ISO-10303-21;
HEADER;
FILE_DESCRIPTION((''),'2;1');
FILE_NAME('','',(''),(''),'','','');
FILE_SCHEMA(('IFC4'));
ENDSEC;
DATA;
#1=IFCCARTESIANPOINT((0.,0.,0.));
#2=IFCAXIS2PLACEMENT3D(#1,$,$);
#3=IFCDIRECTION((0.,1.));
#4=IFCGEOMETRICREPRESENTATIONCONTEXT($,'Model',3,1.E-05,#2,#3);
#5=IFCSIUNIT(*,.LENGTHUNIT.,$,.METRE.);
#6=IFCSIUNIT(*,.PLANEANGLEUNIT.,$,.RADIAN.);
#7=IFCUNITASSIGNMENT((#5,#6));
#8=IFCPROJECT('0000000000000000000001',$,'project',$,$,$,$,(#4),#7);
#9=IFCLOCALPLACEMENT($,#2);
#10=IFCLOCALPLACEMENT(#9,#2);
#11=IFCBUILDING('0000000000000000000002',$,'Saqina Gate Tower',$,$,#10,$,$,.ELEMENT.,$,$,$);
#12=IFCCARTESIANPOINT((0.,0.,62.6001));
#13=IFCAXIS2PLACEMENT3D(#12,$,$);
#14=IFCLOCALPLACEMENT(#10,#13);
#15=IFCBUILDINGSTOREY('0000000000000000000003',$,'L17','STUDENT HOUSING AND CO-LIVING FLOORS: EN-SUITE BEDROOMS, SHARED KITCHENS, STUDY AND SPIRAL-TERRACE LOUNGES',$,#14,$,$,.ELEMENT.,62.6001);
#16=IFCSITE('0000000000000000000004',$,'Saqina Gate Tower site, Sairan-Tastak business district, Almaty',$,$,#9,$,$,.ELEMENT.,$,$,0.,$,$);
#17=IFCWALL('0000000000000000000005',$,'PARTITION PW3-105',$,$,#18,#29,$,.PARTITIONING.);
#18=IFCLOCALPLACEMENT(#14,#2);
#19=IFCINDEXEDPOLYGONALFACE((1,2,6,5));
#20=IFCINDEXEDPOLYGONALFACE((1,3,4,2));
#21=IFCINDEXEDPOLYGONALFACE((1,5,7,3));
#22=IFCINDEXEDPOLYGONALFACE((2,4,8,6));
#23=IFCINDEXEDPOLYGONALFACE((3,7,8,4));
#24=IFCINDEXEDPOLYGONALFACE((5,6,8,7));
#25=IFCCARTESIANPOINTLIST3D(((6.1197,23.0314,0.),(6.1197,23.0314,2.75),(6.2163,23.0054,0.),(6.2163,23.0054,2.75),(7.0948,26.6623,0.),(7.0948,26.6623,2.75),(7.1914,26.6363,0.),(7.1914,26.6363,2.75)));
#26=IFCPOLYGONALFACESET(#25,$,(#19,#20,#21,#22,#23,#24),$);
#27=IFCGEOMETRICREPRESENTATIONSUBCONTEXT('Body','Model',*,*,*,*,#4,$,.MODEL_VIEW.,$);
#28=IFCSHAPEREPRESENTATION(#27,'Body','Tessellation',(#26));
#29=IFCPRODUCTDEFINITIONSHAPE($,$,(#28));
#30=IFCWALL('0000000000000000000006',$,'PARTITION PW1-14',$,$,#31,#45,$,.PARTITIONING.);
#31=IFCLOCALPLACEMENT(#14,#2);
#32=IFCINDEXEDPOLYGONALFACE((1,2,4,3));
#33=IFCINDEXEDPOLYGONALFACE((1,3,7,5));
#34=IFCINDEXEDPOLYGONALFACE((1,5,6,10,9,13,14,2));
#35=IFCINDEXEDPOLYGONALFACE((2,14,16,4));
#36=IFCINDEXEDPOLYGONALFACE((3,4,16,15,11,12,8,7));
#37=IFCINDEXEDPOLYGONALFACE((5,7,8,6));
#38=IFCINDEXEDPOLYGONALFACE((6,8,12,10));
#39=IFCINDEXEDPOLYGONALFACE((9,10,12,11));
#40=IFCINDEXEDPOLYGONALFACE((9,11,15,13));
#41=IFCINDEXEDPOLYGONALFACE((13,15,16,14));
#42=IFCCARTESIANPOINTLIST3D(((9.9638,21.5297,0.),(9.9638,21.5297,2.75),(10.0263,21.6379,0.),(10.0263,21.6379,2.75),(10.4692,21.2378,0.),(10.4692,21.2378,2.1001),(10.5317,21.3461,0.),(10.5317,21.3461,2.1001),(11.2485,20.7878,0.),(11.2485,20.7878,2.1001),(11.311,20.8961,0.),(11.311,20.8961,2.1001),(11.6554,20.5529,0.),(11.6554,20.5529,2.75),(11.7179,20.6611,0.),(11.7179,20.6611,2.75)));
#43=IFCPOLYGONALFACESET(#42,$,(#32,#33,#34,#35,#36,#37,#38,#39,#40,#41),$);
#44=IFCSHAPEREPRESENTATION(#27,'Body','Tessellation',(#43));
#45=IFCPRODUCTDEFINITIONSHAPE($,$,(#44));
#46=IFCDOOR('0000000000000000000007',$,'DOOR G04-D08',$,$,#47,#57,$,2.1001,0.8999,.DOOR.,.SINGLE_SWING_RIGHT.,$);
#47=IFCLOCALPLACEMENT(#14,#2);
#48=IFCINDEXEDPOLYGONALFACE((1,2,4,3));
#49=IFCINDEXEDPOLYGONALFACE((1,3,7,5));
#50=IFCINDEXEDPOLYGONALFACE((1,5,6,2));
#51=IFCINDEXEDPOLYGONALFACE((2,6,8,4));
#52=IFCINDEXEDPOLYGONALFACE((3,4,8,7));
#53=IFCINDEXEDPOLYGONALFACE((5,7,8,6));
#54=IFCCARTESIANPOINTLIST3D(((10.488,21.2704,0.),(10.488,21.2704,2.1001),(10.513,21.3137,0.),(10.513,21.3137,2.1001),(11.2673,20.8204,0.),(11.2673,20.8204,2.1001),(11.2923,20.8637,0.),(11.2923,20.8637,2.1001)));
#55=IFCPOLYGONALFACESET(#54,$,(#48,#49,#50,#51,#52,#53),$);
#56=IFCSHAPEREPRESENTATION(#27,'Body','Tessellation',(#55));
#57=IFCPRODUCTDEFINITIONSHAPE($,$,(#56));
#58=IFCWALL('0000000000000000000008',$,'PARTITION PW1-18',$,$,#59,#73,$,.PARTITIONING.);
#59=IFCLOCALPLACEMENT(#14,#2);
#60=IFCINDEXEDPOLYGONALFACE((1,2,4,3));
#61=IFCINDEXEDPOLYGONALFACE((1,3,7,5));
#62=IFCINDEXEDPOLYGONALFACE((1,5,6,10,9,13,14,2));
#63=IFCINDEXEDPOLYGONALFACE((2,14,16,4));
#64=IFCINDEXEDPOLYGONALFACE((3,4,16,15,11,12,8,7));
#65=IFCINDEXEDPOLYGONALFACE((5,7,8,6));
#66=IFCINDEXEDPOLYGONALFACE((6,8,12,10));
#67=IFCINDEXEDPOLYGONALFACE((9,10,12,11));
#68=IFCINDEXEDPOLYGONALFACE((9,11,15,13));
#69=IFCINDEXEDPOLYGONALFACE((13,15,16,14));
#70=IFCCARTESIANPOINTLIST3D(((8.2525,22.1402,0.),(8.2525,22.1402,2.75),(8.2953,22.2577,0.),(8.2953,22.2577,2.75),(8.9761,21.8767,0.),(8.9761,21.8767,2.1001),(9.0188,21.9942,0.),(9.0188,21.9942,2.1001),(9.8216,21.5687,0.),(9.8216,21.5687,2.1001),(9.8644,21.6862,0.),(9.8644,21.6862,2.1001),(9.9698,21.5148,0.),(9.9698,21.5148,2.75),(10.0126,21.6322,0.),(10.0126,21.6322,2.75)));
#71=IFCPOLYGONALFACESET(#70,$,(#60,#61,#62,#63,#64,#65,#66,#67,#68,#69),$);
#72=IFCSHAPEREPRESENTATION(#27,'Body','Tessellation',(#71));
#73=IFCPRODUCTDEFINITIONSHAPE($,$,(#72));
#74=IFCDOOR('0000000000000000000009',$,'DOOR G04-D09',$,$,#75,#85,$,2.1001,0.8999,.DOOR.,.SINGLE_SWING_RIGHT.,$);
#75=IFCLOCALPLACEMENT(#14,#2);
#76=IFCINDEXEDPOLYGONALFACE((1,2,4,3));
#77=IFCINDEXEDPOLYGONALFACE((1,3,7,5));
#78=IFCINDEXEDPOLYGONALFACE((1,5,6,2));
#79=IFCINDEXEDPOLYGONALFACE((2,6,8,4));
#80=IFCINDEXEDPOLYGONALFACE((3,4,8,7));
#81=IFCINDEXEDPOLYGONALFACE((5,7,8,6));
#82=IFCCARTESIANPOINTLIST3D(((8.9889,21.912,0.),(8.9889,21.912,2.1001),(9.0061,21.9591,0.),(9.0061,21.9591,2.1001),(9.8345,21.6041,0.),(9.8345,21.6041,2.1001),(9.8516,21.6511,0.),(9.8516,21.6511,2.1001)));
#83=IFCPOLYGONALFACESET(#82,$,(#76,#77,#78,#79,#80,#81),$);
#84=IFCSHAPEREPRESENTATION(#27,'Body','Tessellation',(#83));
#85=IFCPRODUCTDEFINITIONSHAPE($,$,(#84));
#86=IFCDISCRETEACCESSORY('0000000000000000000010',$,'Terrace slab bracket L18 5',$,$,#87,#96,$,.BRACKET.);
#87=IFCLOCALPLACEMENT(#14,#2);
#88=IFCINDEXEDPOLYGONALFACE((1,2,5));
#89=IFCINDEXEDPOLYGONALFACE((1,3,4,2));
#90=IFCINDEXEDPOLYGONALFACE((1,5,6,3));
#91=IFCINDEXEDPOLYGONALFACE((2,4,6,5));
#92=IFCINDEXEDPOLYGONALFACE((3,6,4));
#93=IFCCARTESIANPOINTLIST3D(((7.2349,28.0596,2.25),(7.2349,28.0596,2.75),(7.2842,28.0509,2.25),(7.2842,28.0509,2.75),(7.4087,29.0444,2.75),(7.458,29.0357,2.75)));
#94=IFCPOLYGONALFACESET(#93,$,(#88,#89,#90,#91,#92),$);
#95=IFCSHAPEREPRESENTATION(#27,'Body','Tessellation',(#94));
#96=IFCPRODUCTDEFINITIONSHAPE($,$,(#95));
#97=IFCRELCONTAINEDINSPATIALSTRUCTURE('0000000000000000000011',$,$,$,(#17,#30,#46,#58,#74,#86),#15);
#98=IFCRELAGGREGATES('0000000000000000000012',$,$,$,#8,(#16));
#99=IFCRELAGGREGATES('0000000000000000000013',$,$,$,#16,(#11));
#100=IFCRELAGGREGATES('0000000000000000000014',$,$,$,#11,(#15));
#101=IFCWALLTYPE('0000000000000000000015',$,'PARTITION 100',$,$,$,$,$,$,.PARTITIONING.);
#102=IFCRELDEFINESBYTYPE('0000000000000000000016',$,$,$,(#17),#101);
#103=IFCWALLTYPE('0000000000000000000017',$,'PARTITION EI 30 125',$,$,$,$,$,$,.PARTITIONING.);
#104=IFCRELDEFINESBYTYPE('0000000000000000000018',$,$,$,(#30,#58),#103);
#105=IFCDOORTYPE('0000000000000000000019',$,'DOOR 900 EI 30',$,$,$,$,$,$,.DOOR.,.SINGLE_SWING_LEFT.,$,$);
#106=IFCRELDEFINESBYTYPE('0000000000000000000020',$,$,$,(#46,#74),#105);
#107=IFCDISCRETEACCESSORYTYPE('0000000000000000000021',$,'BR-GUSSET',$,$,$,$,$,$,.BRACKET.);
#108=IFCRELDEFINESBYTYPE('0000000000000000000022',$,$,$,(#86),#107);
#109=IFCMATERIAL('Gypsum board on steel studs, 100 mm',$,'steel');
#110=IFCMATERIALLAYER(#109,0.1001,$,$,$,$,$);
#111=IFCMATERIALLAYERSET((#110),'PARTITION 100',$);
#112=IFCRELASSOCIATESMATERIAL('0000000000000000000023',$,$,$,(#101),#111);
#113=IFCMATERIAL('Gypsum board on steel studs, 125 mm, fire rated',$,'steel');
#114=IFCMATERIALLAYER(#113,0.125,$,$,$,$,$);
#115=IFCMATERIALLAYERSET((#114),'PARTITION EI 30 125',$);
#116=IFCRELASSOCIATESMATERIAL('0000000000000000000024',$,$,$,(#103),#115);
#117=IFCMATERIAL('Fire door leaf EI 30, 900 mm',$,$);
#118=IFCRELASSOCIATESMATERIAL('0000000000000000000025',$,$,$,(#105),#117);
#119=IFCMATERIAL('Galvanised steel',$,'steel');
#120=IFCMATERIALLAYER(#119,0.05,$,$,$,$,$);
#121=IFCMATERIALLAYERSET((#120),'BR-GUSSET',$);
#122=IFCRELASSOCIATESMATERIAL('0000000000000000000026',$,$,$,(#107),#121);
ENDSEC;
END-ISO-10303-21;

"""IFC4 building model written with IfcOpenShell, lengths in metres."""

from ifc_helpers import new_model, si_unit, direction, frame, frame_2d, origin, place, context, subcontext, project, spatial, polyline, rectangle, outline, extrude, material, layer, layer_set, type_object, element, fill, save


model = new_model("IFC4")

# Units and contexts
model_context = context("Model", 3, precision=1e-05, world=origin(), true_north=direction((0.0, 1.0)))
body_context = subcontext(model_context, "Body", "Model", "MODEL_VIEW")
ifc_project = project(units=[si_unit("LENGTHUNIT", "METRE"), si_unit("PLANEANGLEUNIT", "RADIAN")], contexts=[model_context])

# Site, building, storey
site_placement = place(None, origin())
site = spatial("IfcSite", under=ifc_project, at=site_placement, Name="Saqina Gate Tower site, Sairan-Tastak business district, Almaty", CompositionType="ELEMENT", RefElevation=0.0)
building_placement = place(site_placement, origin())
building = spatial("IfcBuilding", under=site, at=building_placement, Name="Saqina Gate Tower", CompositionType="ELEMENT")
storey_placement = place(building_placement, frame((0.0, 0.0, 62.6001)))
storey = spatial("IfcBuildingStorey", under=building, at=storey_placement, Name="L17", Description="STUDENT HOUSING AND CO-LIVING FLOORS: EN-SUITE BEDROOMS, SHARED KITCHENS, STUDY AND SPIRAL-TERRACE LOUNGES", CompositionType="ELEMENT", Elevation=62.6001)

# Shared definitions
ifc_material_1 = material(Name="Gypsum board on steel studs, 100 mm", Category="steel")
ifc_layer_1 = layer(ifc_material_1, 0.1001)
ifc_layer_set_1 = layer_set([ifc_layer_1], Name="PARTITION 100")
wall_type_1 = type_object("IfcWallType", Name="PARTITION 100", PredefinedType="PARTITIONING", material=ifc_layer_set_1)

# Wall
wall_1_placement = place(storey_placement, frame((6.168, 23.0183, 0.0), z_axis=(0.0, 0.0, 1.0), x_axis=(0.259368, 0.965779, 0.0)))
element("IfcWall", 1, at=wall_1_placement, inside=storey, type_object=wall_type_1, Name="PARTITION PW3-105", PredefinedType="PARTITIONING", context=body_context, shape_type="SweptSolid", body=[
    extrude(rectangle(XDim=3.7595, YDim=0.1001, at=frame_2d((1.8799, 0.0))), origin(), (0.0, 0.0, 1.0), 2.75),
])

# Walls, openings, doors
ifc_material_2 = material(Name="Gypsum board on steel studs, 125 mm, fire rated", Category="steel")
ifc_layer_2 = layer(ifc_material_2, 0.125)
ifc_layer_set_2 = layer_set([ifc_layer_2], Name="PARTITION EI 30 125")
wall_type_2 = type_object("IfcWallType", Name="PARTITION EI 30 125", PredefinedType="PARTITIONING", material=ifc_layer_set_2)
wall_2_placement = place(storey_placement, frame((9.9951, 21.5837, 0.0), z_axis=(0.0, 0.0, 1.0), x_axis=(0.865996, -0.500051, 0.0)))
wall_2 = element("IfcWall", 2, at=wall_2_placement, inside=storey, type_object=wall_type_2, Name="PARTITION PW1-14", PredefinedType="PARTITIONING", context=body_context, shape_type="SweptSolid", body=[
    extrude(rectangle(XDim=1.9534, YDim=0.125, at=frame_2d((0.9766, 0.0))), origin(), (0.0, 0.0, 1.0), 2.75),
])
opening_1_placement = place(wall_2_placement, frame((0.5835, 0.0, 0.0)))
opening_1 = element("IfcOpeningElement", 3, at=opening_1_placement, cuts=wall_2, PredefinedType="OPENING", context=body_context, shape_type="SweptSolid", body=[
    extrude(rectangle(XDim=0.8999, YDim=2.1001, at=frame_2d((0.45, 1.05))), frame((0.0, 0.0745, 0.0), z_axis=(0.0, -1.0, 0.0), x_axis=(1.0, 0.0, 0.0)), (0.0, 0.0, 1.0), 0.1489),
])
ifc_material_3 = material(Name="Fire door leaf EI 30, 900 mm")
door_type_1 = type_object("IfcDoorType", Name="DOOR 900 EI 30", OperationType="SINGLE_SWING_LEFT", PredefinedType="DOOR", material=ifc_material_3)
door_1_placement = place(opening_1_placement, frame((0.8999, 0.0, 0.0), z_axis=(0.0, 0.0, 1.0), x_axis=(-1.0, 0.0, 0.0)))
door_1 = element("IfcDoor", 4, at=door_1_placement, inside=storey, type_object=door_type_1, Name="DOOR G04-D08", OperationType="SINGLE_SWING_RIGHT", OverallHeight=2.1001, OverallWidth=0.8999, PredefinedType="DOOR", context=body_context, shape_type="SweptSolid", body=[
    extrude(rectangle(XDim=0.8999, YDim=2.1001, at=frame_2d((0.45, 1.05))), frame((0.0, 0.0249, 0.0), z_axis=(0.0, -1.0, 0.0), x_axis=(1.0, 0.0, 0.0)), (0.0, 0.0, 1.0), 0.05),
])
fill(opening_1, door_1)
wall_3_placement = place(storey_placement, frame((8.2739, 22.199, 0.0), z_axis=(0.0, 0.0, 1.0), x_axis=(0.939614, -0.342236, 0.0)))
wall_3 = element("IfcWall", 5, at=wall_3_placement, inside=storey, type_object=wall_type_2, Name="PARTITION PW1-18", PredefinedType="PARTITIONING", context=body_context, shape_type="SweptSolid", body=[
    extrude(rectangle(XDim=1.8276, YDim=0.125, at=frame_2d((0.9138, 0.0))), origin(), (0.0, 0.0, 1.0), 2.75),
])
opening_2_placement = place(wall_3_placement, frame((0.77, 0.0, 0.0)))
opening_2 = element("IfcOpeningElement", 6, at=opening_2_placement, cuts=wall_3, PredefinedType="OPENING", context=body_context, shape_type="SweptSolid", body=[
    extrude(rectangle(XDim=0.8999, YDim=2.1001, at=frame_2d((0.45, 1.05))), frame((0.0, 0.0745, 0.0), z_axis=(0.0, -1.0, 0.0), x_axis=(1.0, 0.0, 0.0)), (0.0, 0.0, 1.0), 0.1489),
])
door_2_placement = place(opening_2_placement, frame((0.8999, 0.0, 0.0), z_axis=(0.0, 0.0, 1.0), x_axis=(-1.0, 0.0, 0.0)))
door_2 = element("IfcDoor", 7, at=door_2_placement, inside=storey, type_object=door_type_1, Name="DOOR G04-D09", OperationType="SINGLE_SWING_RIGHT", OverallHeight=2.1001, OverallWidth=0.8999, PredefinedType="DOOR", context=body_context, shape_type="SweptSolid", body=[
    extrude(rectangle(XDim=0.8999, YDim=2.1001, at=frame_2d((0.45, 1.05))), frame((0.0, 0.0249, 0.0), z_axis=(0.0, -1.0, 0.0), x_axis=(1.0, 0.0, 0.0)), (0.0, 0.0, 1.0), 0.05),
])
fill(opening_2, door_2)

# Discrete accessory
ifc_material_4 = material(Name="Galvanised steel", Category="steel")
ifc_layer_3 = layer(ifc_material_4, 0.05)
ifc_layer_set_3 = layer_set([ifc_layer_3], Name="BR-GUSSET")
discrete_accessory_type = type_object("IfcDiscreteAccessoryType", Name="BR-GUSSET", PredefinedType="BRACKET", material=ifc_layer_set_3)
discrete_accessory_placement = place(storey_placement, frame((7.2349, 28.0596, 2.25), z_axis=(-0.984779, 0.173813, 0.0), x_axis=(0.0, 0.0, 1.0)))
element("IfcDiscreteAccessory", 8, at=discrete_accessory_placement, inside=storey, type_object=discrete_accessory_type, Name="Terrace slab bracket L18 5", PredefinedType="BRACKET", context=body_context, shape_type="SweptSolid", body=[
    extrude(outline(polyline([(0.0, 0.0), (0.5, 0.0), (0.5, 1.0001), (0.0, 0.0)])), origin(), (0.0, 0.0, -1.0), 0.05),
])

save(model, "model.ifc")
